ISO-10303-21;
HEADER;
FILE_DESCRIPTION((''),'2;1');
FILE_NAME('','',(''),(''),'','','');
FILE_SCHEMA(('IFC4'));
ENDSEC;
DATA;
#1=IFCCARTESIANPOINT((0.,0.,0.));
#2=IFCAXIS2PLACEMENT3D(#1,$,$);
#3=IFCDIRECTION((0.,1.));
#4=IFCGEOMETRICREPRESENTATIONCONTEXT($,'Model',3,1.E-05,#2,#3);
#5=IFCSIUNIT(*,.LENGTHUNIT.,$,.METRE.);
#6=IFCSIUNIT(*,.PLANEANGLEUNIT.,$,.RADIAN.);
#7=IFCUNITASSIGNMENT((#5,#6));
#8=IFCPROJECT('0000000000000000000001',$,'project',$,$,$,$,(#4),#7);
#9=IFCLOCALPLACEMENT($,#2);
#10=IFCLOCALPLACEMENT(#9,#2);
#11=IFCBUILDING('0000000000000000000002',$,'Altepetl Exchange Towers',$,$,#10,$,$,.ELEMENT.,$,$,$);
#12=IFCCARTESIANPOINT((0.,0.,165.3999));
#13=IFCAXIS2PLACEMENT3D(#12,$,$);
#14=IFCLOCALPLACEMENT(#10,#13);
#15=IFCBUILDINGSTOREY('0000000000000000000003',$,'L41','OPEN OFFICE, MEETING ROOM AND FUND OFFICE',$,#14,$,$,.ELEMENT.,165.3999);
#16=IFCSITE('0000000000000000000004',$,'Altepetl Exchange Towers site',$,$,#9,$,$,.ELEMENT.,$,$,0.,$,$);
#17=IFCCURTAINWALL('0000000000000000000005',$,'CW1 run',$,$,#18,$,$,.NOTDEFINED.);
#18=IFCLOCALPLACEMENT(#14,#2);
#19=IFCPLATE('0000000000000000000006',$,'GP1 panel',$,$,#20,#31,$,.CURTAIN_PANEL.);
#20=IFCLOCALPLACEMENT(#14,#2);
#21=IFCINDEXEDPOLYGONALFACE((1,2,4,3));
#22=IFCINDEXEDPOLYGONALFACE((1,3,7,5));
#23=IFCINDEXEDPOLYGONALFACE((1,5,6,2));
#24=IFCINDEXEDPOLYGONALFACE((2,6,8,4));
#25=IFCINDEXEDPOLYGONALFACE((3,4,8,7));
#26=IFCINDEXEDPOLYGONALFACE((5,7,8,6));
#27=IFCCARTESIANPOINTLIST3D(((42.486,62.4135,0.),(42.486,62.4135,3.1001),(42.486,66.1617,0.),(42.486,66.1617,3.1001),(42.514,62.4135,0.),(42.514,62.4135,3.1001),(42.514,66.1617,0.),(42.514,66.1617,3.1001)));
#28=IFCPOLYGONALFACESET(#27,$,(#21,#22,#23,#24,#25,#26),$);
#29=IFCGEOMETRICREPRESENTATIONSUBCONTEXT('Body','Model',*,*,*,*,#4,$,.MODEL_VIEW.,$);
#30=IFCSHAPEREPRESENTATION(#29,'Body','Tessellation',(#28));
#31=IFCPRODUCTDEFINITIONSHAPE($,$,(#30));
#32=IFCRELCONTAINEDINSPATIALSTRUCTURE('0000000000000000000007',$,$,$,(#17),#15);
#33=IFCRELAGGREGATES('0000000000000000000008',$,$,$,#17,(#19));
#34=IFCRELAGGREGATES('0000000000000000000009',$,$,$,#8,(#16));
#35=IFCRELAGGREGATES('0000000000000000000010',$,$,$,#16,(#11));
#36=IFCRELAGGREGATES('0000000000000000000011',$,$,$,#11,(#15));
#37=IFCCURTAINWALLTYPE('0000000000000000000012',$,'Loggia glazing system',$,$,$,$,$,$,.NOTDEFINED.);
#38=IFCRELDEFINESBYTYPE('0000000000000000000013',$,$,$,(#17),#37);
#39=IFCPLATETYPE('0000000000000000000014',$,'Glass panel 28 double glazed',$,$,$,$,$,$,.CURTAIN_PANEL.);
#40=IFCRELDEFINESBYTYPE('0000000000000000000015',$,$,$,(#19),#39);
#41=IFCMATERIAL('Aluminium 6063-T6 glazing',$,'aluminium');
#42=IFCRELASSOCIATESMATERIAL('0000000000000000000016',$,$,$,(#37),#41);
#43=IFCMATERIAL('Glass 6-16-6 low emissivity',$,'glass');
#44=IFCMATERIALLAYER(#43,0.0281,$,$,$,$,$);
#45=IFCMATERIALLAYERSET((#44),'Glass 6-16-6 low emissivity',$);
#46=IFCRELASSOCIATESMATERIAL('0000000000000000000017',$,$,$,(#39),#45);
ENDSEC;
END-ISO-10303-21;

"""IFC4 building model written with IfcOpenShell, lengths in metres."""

from ifc_helpers import new_model, si_unit, direction, frame, origin, origin_2d, place, context, subcontext, project, spatial, rectangle, extrude, material, layer, layer_set, type_object, element, aggregate, save


model = new_model("IFC4")

# Units and contexts
model_context = context("Model", 3, precision=1e-05, world=origin(), true_north=direction((0.0, 1.0)))
body_context = subcontext(model_context, "Body", "Model", "MODEL_VIEW")
ifc_project = project(units=[si_unit("LENGTHUNIT", "METRE"), si_unit("PLANEANGLEUNIT", "RADIAN")], contexts=[model_context])

# Site, building, storey
site_placement = place(None, origin())
site = spatial("IfcSite", under=ifc_project, at=site_placement, Name="Altepetl Exchange Towers site", CompositionType="ELEMENT", RefElevation=0.0)
building_placement = place(site_placement, origin())
building = spatial("IfcBuilding", under=site, at=building_placement, Name="Altepetl Exchange Towers", CompositionType="ELEMENT")
storey_placement = place(building_placement, frame((0.0, 0.0, 165.3999)))
storey = spatial("IfcBuildingStorey", under=building, at=storey_placement, Name="L41", Description="OPEN OFFICE, MEETING ROOM AND FUND OFFICE", CompositionType="ELEMENT", Elevation=165.3999)

# Curtain wall
ifc_material_1 = material(Name="Aluminium 6063-T6 glazing", Category="aluminium")
curtain_wall_type = type_object("IfcCurtainWallType", Name="Loggia glazing system", PredefinedType="NOTDEFINED", material=ifc_material_1)
curtain_wall_1_placement = place(storey_placement, origin())
curtain_wall_1 = element("IfcCurtainWall", 1, at=curtain_wall_1_placement, inside=storey, type_object=curtain_wall_type, Name="CW1 run", PredefinedType="NOTDEFINED")

# Plate
ifc_material_2 = material(Name="Glass 6-16-6 low emissivity", Category="glass")
ifc_layer = layer(ifc_material_2, 0.0281)
ifc_layer_set = layer_set([ifc_layer], Name="Glass 6-16-6 low emissivity")
plate_type = type_object("IfcPlateType", Name="Glass panel 28 double glazed", PredefinedType="CURTAIN_PANEL", material=ifc_layer_set)
plate_1_placement = place(storey_placement, frame((42.5, 64.2876, 0.0), z_axis=(0.0, 0.0, 1.0), x_axis=(0.0, -1.0, 0.0)))
plate_1 = element("IfcPlate", 2, at=plate_1_placement, type_object=plate_type, Name="GP1 panel", PredefinedType="CURTAIN_PANEL", context=body_context, shape_type="SweptSolid", body=[
    extrude(rectangle(XDim=3.7483, YDim=0.0281, at=origin_2d()), origin(), (0.0, 0.0, 1.0), 3.1001),
])
aggregate(curtain_wall_1, [plate_1])

save(model, "model.ifc")
